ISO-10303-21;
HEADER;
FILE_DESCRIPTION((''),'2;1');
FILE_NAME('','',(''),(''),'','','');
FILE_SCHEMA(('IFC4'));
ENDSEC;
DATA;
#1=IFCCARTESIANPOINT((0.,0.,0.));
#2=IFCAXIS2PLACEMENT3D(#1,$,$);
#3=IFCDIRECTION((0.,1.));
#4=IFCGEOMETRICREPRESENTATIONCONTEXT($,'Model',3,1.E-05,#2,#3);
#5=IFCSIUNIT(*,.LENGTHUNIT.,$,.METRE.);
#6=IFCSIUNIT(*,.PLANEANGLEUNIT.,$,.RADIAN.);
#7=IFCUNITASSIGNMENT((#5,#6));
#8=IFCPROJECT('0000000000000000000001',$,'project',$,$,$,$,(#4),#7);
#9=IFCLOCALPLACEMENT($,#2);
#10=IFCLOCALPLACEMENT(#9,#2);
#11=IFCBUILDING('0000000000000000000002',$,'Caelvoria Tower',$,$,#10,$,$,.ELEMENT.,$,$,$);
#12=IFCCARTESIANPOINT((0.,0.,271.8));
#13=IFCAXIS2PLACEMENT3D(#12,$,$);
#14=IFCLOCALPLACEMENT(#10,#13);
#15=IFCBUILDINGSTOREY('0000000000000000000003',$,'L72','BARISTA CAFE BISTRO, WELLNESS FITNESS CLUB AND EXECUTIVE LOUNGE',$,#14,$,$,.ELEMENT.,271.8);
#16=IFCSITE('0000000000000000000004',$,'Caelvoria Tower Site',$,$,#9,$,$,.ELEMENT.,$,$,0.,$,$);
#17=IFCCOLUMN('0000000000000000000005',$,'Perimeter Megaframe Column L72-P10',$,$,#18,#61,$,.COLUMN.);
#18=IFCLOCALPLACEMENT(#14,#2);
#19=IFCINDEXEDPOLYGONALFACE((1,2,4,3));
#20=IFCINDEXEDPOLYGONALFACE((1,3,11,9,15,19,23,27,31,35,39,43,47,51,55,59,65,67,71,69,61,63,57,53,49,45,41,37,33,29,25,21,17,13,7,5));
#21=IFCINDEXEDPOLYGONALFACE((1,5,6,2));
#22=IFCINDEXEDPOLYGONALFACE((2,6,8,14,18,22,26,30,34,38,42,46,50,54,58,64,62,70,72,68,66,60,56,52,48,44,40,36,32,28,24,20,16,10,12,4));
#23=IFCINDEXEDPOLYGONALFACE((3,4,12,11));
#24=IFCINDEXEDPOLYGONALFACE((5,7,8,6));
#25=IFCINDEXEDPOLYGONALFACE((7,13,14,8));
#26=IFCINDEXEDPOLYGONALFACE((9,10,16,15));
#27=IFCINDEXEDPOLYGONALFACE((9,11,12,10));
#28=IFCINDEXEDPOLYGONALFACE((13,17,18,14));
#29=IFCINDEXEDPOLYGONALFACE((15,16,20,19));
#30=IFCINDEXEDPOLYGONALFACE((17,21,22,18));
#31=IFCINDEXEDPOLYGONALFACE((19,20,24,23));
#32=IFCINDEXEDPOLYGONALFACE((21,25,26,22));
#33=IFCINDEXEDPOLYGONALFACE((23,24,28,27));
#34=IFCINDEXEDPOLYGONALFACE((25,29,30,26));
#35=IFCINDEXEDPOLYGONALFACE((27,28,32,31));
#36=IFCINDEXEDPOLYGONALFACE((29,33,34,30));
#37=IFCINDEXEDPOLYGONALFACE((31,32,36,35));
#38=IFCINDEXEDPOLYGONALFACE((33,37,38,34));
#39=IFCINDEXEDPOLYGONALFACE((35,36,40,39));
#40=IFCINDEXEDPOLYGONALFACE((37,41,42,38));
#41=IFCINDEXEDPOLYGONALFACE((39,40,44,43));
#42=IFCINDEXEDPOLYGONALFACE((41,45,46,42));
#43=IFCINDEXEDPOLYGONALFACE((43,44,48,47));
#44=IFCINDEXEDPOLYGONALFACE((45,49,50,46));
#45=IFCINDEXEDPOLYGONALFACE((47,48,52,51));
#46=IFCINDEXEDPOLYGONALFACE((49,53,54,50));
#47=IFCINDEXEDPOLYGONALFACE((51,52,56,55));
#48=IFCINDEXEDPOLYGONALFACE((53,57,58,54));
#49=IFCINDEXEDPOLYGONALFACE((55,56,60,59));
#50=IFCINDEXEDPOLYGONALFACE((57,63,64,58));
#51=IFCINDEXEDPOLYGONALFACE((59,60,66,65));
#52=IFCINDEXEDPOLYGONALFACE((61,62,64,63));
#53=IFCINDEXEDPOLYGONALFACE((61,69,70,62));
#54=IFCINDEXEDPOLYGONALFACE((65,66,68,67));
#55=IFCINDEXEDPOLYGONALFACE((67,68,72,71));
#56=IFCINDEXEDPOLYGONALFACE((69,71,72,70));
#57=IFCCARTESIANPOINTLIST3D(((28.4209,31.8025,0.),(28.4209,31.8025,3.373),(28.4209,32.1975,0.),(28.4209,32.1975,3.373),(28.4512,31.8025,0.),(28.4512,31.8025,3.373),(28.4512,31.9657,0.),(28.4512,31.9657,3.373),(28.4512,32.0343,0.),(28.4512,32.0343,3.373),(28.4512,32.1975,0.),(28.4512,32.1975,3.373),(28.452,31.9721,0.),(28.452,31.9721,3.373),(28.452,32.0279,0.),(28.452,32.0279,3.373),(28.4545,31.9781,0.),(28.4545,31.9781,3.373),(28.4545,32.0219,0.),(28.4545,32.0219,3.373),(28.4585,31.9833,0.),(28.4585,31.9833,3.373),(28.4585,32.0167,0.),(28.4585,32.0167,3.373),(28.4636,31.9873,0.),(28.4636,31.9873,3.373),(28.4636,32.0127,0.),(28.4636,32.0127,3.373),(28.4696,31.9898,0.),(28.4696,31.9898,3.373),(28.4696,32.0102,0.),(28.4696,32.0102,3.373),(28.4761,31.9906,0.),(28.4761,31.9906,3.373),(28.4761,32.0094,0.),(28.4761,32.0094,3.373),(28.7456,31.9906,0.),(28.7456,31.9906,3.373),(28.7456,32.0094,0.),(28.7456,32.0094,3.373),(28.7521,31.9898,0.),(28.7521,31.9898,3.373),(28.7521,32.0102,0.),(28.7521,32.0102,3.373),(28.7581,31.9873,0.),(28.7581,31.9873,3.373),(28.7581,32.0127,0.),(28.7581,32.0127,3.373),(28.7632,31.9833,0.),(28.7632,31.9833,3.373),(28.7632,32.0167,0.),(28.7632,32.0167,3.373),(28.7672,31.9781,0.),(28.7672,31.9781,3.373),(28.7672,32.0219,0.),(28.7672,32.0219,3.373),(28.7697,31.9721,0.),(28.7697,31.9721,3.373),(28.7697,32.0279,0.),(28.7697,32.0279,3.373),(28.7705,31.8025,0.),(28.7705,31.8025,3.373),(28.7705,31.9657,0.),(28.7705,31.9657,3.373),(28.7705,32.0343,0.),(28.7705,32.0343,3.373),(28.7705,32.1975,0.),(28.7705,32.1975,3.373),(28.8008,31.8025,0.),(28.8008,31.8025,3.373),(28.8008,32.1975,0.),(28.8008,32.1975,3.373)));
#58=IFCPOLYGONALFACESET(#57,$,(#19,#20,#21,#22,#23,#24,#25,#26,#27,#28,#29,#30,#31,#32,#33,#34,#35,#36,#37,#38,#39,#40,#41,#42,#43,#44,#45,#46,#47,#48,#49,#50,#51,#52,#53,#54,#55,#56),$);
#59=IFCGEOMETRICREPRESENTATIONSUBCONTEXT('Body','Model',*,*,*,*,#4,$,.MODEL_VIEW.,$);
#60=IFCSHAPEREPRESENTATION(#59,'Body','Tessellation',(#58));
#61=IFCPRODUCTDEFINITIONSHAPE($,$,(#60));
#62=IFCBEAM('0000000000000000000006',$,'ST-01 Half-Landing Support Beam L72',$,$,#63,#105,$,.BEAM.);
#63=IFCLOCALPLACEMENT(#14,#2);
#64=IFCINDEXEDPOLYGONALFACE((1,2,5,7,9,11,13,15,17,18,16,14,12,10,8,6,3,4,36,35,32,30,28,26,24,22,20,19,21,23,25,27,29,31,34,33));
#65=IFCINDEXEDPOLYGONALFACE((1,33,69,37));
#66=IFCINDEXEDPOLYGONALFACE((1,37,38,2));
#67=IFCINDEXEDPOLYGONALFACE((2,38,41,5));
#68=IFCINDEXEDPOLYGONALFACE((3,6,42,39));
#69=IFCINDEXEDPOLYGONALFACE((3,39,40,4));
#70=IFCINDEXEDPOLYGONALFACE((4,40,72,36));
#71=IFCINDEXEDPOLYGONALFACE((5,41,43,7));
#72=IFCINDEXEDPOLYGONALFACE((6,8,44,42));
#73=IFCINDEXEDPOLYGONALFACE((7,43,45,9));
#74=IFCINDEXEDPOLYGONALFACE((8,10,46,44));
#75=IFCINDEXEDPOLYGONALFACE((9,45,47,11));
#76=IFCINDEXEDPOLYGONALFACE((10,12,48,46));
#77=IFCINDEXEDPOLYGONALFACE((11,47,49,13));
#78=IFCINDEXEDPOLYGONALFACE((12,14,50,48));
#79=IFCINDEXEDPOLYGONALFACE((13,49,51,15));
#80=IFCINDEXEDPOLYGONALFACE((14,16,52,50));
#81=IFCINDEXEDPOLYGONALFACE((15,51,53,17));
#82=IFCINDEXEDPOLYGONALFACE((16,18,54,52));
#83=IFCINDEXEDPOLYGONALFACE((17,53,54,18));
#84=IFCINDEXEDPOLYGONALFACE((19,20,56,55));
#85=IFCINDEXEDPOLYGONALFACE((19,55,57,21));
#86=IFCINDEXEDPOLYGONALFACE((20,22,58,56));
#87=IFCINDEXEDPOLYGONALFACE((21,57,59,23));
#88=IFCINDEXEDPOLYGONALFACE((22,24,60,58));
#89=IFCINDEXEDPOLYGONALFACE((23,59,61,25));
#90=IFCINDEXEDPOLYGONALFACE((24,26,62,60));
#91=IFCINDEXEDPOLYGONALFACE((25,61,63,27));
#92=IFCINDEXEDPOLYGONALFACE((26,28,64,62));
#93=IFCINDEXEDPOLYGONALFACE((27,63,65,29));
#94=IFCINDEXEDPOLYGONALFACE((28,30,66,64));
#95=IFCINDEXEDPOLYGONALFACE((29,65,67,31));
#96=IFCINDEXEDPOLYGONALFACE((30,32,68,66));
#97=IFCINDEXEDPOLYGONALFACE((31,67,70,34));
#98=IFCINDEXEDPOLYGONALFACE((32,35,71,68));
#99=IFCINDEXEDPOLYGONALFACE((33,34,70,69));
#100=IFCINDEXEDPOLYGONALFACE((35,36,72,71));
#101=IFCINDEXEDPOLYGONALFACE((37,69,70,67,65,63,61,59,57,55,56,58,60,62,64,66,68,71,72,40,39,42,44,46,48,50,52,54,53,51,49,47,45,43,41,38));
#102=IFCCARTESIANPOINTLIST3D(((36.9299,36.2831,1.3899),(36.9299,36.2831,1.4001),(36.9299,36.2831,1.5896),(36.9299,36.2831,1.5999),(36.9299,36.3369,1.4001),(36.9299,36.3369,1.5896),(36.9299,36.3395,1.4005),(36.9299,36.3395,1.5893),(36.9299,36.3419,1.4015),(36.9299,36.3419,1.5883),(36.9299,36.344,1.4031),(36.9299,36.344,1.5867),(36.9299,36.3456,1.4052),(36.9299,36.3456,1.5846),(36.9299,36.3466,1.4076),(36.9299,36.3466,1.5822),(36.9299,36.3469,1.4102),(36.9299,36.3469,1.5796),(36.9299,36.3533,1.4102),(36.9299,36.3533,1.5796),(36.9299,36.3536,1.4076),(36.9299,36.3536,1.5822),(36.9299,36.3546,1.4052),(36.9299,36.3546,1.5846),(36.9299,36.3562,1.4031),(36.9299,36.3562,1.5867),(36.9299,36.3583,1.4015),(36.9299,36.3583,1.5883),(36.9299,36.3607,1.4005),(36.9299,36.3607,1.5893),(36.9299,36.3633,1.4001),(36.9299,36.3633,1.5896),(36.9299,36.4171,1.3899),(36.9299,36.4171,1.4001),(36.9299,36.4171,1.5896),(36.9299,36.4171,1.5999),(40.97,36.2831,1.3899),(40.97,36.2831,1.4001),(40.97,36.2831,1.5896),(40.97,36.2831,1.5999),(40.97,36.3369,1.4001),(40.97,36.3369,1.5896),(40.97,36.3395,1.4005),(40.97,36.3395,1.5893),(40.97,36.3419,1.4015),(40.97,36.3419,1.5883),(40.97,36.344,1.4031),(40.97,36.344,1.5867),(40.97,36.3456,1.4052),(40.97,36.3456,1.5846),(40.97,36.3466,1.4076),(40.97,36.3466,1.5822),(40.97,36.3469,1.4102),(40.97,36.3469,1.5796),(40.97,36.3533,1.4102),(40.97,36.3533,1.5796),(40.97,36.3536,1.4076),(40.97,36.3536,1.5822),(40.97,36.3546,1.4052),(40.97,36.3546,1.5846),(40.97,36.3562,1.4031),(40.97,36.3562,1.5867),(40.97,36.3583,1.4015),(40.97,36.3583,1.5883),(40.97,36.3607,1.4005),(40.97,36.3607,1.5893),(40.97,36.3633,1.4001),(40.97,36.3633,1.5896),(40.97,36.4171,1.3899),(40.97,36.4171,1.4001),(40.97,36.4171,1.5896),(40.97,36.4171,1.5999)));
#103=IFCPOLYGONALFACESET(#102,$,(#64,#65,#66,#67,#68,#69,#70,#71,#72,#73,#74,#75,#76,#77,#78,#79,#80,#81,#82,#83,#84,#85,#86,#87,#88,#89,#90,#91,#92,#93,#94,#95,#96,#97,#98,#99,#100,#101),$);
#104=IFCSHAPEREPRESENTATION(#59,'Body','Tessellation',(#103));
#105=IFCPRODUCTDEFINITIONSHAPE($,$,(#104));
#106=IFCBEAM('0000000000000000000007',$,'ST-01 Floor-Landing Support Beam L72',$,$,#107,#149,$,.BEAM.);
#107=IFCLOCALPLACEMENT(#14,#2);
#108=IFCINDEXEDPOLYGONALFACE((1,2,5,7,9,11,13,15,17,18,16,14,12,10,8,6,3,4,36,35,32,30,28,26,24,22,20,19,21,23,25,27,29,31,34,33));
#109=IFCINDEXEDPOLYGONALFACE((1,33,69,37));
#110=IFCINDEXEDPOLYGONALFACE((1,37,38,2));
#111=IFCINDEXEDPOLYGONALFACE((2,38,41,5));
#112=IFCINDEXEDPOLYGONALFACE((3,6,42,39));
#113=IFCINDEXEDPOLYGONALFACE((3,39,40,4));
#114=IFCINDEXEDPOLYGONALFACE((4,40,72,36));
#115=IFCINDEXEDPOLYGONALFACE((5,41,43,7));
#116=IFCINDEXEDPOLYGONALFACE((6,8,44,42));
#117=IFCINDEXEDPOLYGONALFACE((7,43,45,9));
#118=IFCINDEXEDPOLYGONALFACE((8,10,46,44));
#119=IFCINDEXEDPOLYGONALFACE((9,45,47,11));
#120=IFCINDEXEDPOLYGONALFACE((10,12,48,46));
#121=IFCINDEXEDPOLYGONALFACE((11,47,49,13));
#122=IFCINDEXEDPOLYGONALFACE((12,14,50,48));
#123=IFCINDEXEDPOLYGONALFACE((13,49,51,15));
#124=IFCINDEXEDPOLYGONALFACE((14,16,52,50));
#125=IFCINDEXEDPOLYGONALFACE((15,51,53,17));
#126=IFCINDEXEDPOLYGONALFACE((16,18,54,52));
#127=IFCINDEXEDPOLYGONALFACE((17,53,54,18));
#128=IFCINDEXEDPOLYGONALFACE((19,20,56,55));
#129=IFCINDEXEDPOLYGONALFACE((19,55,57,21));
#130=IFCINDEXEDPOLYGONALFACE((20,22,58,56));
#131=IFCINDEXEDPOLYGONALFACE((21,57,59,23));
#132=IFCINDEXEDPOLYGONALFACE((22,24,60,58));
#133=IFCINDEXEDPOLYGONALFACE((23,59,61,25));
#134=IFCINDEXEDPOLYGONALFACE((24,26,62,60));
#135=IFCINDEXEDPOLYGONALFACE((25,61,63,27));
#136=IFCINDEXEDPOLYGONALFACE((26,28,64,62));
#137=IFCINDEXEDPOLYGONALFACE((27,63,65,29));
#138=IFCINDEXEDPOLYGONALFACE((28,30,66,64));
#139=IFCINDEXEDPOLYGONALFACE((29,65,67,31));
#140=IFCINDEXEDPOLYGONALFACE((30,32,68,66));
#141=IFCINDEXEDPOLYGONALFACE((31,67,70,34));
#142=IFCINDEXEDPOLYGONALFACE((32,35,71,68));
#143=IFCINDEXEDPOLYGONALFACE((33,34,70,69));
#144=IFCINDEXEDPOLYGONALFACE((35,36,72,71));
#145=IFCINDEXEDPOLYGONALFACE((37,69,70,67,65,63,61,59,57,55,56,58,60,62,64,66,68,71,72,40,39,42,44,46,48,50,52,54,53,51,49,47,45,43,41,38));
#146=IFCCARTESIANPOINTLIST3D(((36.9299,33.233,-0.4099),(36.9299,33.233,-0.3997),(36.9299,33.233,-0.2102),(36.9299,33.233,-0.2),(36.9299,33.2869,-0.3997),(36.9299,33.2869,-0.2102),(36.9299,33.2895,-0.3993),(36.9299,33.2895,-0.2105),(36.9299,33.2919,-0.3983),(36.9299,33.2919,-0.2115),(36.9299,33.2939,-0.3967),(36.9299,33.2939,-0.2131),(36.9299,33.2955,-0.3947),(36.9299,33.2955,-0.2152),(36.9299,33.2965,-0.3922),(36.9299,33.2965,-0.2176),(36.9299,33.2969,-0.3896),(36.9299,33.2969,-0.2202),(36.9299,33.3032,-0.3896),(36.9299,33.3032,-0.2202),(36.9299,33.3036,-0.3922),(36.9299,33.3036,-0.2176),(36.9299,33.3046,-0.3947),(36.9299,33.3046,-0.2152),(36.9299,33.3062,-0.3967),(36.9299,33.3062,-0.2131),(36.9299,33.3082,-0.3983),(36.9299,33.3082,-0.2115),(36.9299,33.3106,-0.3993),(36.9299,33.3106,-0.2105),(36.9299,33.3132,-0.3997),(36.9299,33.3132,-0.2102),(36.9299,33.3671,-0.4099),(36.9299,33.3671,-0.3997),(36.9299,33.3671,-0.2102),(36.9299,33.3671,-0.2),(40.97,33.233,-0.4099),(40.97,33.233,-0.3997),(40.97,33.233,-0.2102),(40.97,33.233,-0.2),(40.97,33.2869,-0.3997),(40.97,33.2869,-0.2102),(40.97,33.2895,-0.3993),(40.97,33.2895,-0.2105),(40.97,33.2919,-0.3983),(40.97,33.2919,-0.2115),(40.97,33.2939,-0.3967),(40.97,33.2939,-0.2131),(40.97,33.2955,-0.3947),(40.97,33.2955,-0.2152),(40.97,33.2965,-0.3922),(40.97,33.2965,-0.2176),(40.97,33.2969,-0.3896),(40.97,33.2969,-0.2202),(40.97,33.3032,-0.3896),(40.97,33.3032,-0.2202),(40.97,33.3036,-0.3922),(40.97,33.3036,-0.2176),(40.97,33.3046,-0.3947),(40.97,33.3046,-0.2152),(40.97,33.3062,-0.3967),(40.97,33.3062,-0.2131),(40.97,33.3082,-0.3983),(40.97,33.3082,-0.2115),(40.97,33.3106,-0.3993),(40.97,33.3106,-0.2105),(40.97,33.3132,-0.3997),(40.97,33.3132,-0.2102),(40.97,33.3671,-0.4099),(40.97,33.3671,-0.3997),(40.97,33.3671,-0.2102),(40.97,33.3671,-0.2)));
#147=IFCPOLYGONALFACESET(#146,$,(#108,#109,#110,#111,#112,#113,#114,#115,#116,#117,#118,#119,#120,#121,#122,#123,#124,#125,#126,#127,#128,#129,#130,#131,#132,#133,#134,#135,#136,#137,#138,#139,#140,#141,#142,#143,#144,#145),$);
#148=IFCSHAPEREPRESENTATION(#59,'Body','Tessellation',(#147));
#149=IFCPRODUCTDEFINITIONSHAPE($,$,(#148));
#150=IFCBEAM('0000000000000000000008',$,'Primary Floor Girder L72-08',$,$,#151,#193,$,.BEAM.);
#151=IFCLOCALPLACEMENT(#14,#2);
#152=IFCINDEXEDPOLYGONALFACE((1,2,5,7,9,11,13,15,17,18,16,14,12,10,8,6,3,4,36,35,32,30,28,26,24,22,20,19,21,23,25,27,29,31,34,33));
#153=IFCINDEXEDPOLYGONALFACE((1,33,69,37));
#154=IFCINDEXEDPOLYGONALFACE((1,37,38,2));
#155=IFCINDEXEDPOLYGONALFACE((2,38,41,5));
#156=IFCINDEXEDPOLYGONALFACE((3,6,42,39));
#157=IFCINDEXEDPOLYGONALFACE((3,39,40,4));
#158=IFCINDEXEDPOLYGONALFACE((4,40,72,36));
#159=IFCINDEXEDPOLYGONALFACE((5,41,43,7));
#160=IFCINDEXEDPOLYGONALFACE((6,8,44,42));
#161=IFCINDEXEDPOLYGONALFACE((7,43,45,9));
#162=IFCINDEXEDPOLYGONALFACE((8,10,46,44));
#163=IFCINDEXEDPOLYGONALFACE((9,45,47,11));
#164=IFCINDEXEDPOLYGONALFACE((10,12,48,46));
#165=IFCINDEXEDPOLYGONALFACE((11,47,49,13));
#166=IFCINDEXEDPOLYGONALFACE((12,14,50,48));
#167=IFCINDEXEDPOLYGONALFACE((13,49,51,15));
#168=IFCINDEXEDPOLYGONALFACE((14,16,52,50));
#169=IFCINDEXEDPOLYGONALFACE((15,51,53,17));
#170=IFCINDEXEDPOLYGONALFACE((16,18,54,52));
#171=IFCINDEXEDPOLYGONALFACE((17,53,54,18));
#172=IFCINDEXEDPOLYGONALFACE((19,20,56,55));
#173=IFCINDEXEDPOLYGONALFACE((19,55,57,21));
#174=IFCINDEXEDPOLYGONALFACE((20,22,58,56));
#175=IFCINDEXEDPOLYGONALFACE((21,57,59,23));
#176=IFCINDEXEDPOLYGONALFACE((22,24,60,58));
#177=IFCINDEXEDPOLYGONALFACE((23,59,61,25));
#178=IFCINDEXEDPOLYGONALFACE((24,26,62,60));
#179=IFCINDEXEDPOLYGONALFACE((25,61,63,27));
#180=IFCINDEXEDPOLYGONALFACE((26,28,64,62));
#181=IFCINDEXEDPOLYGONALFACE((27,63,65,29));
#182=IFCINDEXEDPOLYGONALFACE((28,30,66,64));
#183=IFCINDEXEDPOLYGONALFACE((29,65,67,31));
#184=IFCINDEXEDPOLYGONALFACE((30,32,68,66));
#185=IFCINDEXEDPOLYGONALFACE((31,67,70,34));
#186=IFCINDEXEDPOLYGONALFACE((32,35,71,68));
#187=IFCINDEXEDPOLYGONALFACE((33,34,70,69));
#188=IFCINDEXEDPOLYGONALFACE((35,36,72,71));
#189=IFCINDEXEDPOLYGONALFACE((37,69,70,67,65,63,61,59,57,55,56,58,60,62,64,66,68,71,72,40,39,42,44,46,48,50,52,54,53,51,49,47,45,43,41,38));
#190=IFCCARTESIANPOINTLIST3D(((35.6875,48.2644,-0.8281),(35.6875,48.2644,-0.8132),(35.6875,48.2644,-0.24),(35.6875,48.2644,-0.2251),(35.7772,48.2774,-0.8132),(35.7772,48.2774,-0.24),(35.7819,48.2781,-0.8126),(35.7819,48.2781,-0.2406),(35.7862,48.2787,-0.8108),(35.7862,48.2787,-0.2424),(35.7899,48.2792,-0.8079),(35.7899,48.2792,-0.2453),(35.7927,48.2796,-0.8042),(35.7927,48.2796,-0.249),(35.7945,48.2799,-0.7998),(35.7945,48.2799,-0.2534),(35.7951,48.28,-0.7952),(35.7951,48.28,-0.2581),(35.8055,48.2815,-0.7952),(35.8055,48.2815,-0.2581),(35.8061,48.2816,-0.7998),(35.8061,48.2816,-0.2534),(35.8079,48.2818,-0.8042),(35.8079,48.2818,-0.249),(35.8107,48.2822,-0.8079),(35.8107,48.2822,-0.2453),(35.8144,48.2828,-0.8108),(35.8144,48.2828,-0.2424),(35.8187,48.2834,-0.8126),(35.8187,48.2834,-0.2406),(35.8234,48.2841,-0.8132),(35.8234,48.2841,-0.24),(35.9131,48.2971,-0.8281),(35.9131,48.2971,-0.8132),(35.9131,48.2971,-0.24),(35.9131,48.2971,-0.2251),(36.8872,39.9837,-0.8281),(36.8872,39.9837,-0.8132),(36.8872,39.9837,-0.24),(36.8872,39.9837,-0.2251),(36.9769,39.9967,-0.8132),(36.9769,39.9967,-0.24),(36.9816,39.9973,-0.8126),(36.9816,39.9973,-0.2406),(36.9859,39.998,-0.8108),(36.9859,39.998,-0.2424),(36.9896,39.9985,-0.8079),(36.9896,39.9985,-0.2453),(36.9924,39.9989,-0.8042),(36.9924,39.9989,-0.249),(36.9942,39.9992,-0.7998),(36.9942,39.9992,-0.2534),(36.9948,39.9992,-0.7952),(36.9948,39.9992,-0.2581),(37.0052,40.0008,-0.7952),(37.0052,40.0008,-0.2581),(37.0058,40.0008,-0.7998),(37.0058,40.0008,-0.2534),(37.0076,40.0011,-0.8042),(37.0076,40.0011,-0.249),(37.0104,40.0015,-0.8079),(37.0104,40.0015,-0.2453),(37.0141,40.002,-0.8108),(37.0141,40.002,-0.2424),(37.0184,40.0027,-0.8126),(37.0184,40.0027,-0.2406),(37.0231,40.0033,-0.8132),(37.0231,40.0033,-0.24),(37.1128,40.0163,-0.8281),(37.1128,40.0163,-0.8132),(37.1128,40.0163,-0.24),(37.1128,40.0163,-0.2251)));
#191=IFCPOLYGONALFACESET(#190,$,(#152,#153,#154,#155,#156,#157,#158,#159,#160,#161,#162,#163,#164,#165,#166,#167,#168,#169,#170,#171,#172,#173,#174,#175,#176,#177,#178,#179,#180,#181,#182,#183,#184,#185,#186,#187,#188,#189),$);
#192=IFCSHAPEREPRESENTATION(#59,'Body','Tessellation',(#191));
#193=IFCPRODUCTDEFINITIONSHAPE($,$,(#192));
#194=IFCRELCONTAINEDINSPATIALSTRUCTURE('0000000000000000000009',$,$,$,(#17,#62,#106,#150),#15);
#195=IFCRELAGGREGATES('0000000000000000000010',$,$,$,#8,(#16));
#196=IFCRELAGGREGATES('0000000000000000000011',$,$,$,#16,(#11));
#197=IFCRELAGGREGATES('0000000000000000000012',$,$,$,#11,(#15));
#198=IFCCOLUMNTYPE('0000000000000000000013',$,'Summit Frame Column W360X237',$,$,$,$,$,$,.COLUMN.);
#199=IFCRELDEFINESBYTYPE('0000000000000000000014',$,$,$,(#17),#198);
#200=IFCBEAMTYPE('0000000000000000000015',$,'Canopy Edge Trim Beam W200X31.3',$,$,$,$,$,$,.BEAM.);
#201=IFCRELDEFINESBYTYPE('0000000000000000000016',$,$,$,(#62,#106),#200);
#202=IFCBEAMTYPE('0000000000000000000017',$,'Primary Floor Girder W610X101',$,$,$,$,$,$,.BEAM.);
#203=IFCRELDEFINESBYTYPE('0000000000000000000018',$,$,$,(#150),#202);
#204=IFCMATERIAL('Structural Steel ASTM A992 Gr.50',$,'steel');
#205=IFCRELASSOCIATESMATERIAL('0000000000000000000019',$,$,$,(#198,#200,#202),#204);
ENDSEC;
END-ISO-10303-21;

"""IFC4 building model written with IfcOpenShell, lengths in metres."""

from ifc_helpers import new_model, si_unit, direction, frame, origin, origin_2d, place, context, subcontext, project, spatial, i_section, extrude, material, material_profile, profile_set, type_object, element, save


model = new_model("IFC4")

# Units and contexts
model_context = context("Model", 3, precision=1e-05, world=origin(), true_north=direction((0.0, 1.0)))
body_context = subcontext(model_context, "Body", "Model", "MODEL_VIEW")
ifc_project = project(units=[si_unit("LENGTHUNIT", "METRE"), si_unit("PLANEANGLEUNIT", "RADIAN")], contexts=[model_context])

# Site, building, storey
site_placement = place(None, origin())
site = spatial("IfcSite", under=ifc_project, at=site_placement, Name="Caelvoria Tower Site", CompositionType="ELEMENT", RefElevation=0.0)
building_placement = place(site_placement, origin())
building = spatial("IfcBuilding", under=site, at=building_placement, Name="Caelvoria Tower", CompositionType="ELEMENT")
storey_placement = place(building_placement, frame((0.0, 0.0, 271.8)))
storey = spatial("IfcBuildingStorey", under=building, at=storey_placement, Name="L72", Description="BARISTA CAFE BISTRO, WELLNESS FITNESS CLUB AND EXECUTIVE LOUNGE", CompositionType="ELEMENT", Elevation=271.8)

# Column
ifc_material_1 = material(Name="Structural Steel ASTM A992 Gr.50", Category="steel")
ifc_material_profile_1 = material_profile(ifc_material_1, i_section(OverallWidth=0.395, OverallDepth=0.3799, WebThickness=0.0188, FlangeThickness=0.0303, FilletRadius=0.0249, at=origin_2d()), Name="Structural Steel ASTM A992 Gr.50")
ifc_profile_set_1 = profile_set([ifc_material_profile_1], Name="W360X237 - Structural Steel ASTM A992 Gr.50")
column_type = type_object("IfcColumnType", Name="Summit Frame Column W360X237", PredefinedType="COLUMN", material=ifc_profile_set_1)
column_placement = place(storey_placement, frame((28.6108, 32.0, 0.0), z_axis=(0.0, 0.0, 1.0), x_axis=(0.0, 1.0, 0.0)))
element("IfcColumn", 1, at=column_placement, inside=storey, type_object=column_type, Name="Perimeter Megaframe Column L72-P10", PredefinedType="COLUMN", context=body_context, shape_type="SweptSolid", body=[
    extrude(i_section(OverallWidth=0.395, OverallDepth=0.3799, WebThickness=0.0188, FlangeThickness=0.0303, FilletRadius=0.0249, at=origin_2d()), origin(), (0.0, 0.0, 1.0), 3.373),
])

# Beams
ifc_material_profile_2 = material_profile(ifc_material_1, i_section(OverallWidth=0.134, OverallDepth=0.21, WebThickness=0.0063, FlangeThickness=0.0103, FilletRadius=0.01, at=origin_2d()), Name="Structural Steel ASTM A992 Gr.50")
ifc_profile_set_2 = profile_set([ifc_material_profile_2], Name="W200X31.3 - Structural Steel ASTM A992 Gr.50")
beam_type_1 = type_object("IfcBeamType", Name="Canopy Edge Trim Beam W200X31.3", PredefinedType="BEAM", material=ifc_profile_set_2)
for number, where, z_axis, x_axis, name in (
    (2, (36.9299, 36.3501, 1.4949), (1.0, 0.0, 0.0), (0.0, 1.0, 0.0), "ST-01 Half-Landing Support Beam L72"),
    (3, (36.9299, 33.3, -0.3049), (1.0, 0.0, 0.0), (0.0, 1.0, 0.0), "ST-01 Floor-Landing Support Beam L72"),
):
    element("IfcBeam", number, at=place(storey_placement, frame(where, z_axis=z_axis, x_axis=x_axis)), inside=storey, type_object=beam_type_1, Name=name, PredefinedType="BEAM", context=body_context, shape_type="SweptSolid", body=[
        extrude(i_section(OverallWidth=0.134, OverallDepth=0.21, WebThickness=0.0063, FlangeThickness=0.0103, FilletRadius=0.01, at=origin_2d()), origin(), (0.0, 0.0, 1.0), 4.04),
    ])
ifc_material_profile_3 = material_profile(ifc_material_1, i_section(OverallWidth=0.228, OverallDepth=0.603, WebThickness=0.0105, FlangeThickness=0.0149, FilletRadius=0.0181, at=origin_2d()), Name="Structural Steel ASTM A992 Gr.50")
ifc_profile_set_3 = profile_set([ifc_material_profile_3], Name="W610X101 - Structural Steel ASTM A992 Gr.50")
beam_type_2 = type_object("IfcBeamType", Name="Primary Floor Girder W610X101", PredefinedType="BEAM", material=ifc_profile_set_3)
beam_1_placement = place(storey_placement, frame((37.0, 40.0, -0.5266), z_axis=(-0.143382, 0.989667, 0.0), x_axis=(-0.989667, -0.143382, 0.0)))
element("IfcBeam", 4, at=beam_1_placement, inside=storey, type_object=beam_type_2, Name="Primary Floor Girder L72-08", PredefinedType="BEAM", context=body_context, shape_type="SweptSolid", body=[
    extrude(i_section(OverallWidth=0.228, OverallDepth=0.603, WebThickness=0.0105, FlangeThickness=0.0149, FilletRadius=0.0181, at=origin_2d()), origin(), (0.0, 0.0, 1.0), 8.3672),
])

save(model, "model.ifc")
